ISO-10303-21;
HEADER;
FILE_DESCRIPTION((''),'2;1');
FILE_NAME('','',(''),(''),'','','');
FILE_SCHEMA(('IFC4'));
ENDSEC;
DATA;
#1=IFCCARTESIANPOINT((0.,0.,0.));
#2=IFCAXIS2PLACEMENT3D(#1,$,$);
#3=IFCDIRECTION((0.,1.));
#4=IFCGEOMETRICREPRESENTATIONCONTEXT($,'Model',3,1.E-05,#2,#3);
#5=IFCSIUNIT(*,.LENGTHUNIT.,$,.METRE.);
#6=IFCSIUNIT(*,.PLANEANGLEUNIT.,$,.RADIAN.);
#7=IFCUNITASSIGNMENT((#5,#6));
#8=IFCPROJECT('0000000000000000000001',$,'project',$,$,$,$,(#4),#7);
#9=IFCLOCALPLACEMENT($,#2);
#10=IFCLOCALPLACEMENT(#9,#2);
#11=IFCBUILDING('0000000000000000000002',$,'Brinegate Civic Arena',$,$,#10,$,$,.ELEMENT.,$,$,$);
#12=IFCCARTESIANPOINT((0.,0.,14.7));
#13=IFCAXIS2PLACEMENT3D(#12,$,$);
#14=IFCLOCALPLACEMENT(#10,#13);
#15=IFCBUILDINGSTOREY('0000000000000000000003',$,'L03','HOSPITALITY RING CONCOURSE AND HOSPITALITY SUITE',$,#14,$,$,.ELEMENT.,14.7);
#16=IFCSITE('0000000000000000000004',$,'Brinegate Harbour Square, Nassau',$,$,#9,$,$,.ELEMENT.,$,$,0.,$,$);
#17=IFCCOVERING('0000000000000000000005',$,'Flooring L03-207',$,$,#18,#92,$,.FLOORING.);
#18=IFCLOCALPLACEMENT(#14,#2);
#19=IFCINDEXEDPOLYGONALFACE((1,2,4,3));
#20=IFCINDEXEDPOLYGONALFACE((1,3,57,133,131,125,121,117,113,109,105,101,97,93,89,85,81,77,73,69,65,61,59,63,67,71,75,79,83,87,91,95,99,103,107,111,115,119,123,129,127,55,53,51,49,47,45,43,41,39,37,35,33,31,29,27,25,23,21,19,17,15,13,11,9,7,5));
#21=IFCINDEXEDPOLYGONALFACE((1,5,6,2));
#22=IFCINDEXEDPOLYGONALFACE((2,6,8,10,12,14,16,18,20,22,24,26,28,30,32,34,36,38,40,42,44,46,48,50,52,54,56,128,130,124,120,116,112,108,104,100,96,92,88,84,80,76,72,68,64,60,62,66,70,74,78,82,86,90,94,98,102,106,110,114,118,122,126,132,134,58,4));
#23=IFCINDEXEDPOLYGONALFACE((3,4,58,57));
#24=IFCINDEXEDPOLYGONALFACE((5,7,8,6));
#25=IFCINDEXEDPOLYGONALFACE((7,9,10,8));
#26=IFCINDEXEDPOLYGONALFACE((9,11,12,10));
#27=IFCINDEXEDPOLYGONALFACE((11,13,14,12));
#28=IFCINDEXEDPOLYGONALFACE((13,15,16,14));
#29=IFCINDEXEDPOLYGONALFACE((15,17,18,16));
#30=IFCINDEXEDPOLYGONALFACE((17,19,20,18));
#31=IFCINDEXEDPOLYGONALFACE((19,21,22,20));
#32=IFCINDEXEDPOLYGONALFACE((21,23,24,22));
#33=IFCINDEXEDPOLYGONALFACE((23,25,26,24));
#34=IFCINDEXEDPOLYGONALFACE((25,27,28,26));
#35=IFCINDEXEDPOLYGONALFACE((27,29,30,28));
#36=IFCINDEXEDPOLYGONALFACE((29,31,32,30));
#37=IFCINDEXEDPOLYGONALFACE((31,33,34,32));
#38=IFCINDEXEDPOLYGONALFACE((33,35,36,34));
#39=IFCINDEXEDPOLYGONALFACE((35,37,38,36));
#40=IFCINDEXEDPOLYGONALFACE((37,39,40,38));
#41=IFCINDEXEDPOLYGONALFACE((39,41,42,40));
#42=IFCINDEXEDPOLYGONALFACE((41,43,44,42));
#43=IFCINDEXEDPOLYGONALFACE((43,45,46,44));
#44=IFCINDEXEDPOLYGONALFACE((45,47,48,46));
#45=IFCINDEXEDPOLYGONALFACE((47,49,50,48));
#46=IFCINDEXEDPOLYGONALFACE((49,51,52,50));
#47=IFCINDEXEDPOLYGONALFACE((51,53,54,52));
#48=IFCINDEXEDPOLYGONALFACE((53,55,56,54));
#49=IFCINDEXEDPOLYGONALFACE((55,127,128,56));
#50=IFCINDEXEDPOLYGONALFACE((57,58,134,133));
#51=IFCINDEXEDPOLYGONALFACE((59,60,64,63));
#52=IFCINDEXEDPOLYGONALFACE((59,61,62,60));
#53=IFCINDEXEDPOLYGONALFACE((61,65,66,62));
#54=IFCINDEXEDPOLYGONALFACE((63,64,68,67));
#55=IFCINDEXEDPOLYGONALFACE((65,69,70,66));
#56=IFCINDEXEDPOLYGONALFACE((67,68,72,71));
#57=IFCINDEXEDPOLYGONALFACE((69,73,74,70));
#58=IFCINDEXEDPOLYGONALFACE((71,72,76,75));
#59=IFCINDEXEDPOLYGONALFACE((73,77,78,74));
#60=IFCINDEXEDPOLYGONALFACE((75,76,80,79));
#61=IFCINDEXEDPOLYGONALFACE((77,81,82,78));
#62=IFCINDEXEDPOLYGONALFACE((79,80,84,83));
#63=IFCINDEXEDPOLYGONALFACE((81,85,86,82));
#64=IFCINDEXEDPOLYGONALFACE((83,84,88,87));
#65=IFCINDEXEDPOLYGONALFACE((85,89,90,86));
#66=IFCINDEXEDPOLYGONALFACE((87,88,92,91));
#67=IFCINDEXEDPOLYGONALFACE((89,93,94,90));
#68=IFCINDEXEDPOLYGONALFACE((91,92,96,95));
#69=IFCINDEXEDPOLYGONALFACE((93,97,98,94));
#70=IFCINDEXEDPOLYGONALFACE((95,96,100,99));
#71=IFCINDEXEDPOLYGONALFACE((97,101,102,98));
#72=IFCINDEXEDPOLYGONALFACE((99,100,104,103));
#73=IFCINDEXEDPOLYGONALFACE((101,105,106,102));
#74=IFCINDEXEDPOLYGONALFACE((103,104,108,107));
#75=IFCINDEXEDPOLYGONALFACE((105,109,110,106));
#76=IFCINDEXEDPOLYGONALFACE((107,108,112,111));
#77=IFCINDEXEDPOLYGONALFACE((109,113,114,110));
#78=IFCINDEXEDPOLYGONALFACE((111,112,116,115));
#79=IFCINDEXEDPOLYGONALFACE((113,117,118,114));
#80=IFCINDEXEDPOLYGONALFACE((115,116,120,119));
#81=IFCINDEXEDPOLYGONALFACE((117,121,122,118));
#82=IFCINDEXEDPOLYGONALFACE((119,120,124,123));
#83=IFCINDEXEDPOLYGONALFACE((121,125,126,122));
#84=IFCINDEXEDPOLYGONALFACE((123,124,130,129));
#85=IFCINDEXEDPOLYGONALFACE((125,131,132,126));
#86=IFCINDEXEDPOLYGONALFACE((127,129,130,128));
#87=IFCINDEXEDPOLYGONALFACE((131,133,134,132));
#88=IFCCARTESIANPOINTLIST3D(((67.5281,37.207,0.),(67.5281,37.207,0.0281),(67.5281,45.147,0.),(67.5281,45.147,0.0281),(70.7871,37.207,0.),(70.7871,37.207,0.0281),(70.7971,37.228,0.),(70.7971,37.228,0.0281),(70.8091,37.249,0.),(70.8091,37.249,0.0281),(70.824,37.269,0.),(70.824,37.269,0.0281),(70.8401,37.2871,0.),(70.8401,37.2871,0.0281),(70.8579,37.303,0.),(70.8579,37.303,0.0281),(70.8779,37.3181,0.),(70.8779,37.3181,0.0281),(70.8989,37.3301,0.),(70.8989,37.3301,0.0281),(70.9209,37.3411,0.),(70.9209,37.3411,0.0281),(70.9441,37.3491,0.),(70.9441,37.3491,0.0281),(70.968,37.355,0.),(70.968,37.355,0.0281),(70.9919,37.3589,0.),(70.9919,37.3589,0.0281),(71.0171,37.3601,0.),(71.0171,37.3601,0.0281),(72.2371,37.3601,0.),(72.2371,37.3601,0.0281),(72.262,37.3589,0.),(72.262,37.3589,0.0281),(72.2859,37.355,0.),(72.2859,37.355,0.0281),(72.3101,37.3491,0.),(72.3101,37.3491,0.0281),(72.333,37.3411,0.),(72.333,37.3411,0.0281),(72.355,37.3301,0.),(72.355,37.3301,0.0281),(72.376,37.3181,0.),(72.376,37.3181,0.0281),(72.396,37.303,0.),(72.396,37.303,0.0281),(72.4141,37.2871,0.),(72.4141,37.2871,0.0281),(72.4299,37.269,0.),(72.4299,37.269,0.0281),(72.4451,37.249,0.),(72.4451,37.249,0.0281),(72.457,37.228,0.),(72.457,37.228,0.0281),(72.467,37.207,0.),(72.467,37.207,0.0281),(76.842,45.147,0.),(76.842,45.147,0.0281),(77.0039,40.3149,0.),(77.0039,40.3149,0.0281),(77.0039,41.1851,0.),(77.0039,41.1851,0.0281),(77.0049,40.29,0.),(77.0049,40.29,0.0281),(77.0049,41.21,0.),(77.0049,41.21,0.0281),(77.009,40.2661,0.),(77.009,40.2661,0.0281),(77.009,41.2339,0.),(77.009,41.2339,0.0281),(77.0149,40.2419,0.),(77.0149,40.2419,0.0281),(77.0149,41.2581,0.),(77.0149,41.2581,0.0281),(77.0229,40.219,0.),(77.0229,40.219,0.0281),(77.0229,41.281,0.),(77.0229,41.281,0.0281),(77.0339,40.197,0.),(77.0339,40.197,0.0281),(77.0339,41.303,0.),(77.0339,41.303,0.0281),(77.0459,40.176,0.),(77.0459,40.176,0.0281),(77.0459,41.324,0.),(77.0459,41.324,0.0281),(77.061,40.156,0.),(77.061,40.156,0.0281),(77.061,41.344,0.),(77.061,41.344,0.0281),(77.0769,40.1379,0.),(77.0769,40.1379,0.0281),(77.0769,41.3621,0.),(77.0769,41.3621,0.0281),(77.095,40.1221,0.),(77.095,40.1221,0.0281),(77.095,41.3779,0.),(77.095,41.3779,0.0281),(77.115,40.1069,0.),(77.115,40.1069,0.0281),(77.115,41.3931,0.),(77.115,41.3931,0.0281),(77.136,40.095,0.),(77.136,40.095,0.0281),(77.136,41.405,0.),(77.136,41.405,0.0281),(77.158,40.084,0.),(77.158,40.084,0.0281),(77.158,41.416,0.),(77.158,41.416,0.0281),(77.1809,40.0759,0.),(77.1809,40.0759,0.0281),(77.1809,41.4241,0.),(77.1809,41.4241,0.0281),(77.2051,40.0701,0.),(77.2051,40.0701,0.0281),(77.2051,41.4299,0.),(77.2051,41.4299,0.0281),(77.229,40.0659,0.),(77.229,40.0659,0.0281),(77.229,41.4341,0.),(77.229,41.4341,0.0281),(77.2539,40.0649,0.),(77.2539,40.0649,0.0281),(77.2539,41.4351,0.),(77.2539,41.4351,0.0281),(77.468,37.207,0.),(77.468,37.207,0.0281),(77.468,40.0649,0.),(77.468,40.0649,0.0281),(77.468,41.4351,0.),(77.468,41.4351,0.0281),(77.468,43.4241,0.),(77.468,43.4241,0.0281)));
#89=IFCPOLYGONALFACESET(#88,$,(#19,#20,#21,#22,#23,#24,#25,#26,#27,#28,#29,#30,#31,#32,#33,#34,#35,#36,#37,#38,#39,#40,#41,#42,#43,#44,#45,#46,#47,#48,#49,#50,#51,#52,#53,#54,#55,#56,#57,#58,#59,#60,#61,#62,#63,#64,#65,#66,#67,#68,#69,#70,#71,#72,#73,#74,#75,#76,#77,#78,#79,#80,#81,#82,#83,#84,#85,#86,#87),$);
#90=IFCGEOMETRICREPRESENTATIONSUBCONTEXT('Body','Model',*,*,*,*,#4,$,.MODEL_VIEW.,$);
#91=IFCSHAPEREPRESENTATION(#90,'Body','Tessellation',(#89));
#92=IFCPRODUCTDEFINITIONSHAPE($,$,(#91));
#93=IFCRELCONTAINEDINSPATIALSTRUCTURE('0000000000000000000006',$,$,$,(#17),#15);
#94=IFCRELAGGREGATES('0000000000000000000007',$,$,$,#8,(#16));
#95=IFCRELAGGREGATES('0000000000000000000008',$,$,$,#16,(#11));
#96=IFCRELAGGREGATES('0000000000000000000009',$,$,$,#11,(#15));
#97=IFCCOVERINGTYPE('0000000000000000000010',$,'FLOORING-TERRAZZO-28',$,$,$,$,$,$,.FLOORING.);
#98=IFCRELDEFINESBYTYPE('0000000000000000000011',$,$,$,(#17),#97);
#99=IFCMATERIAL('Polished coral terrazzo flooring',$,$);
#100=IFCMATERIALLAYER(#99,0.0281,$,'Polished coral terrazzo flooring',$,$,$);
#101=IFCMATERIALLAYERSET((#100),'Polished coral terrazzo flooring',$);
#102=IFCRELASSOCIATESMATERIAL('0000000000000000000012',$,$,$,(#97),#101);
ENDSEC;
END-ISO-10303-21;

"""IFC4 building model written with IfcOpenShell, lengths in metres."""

from ifc_helpers import new_model, si_unit, direction, frame, origin, place, context, subcontext, project, spatial, polyline, outline, extrude, material, layer, layer_set, type_object, element, save


model = new_model("IFC4")

# Units and contexts
model_context = context("Model", 3, precision=1e-05, world=origin(), true_north=direction((0.0, 1.0)))
body_context = subcontext(model_context, "Body", "Model", "MODEL_VIEW")
ifc_project = project(units=[si_unit("LENGTHUNIT", "METRE"), si_unit("PLANEANGLEUNIT", "RADIAN")], contexts=[model_context])

# Site, building, storey
site_placement = place(None, origin())
site = spatial("IfcSite", under=ifc_project, at=site_placement, Name="Brinegate Harbour Square, Nassau", CompositionType="ELEMENT", RefElevation=0.0)
building_placement = place(site_placement, origin())
building = spatial("IfcBuilding", under=site, at=building_placement, Name="Brinegate Civic Arena", CompositionType="ELEMENT")
storey_placement = place(building_placement, frame((0.0, 0.0, 14.7)))
storey = spatial("IfcBuildingStorey", under=building, at=storey_placement, Name="L03", Description="HOSPITALITY RING CONCOURSE AND HOSPITALITY SUITE", CompositionType="ELEMENT", Elevation=14.7)

# Covering
ifc_material_1 = material(Name="Polished coral terrazzo flooring")
ifc_layer_1 = layer(ifc_material_1, 0.0281, Name="Polished coral terrazzo flooring")
ifc_layer_set_1 = layer_set([ifc_layer_1], Name="Polished coral terrazzo flooring")
covering_type_1 = type_object("IfcCoveringType", Name="FLOORING-TERRAZZO-28", PredefinedType="FLOORING", material=ifc_layer_set_1)
covering_1_placement = place(storey_placement, origin())
element("IfcCovering", 1, at=covering_1_placement, inside=storey, type_object=covering_type_1, Name="Flooring L03-207", PredefinedType="FLOORING", context=body_context, shape_type="SweptSolid", body=[
    extrude(outline(polyline([(67.5281, 37.207), (67.5281, 45.147), (76.842, 45.147), (77.468, 43.4241), (77.468, 41.4351), (77.2539, 41.4351), (77.229, 41.4341), (77.2051, 41.4299), (77.1809, 41.4241), (77.158, 41.416), (77.136, 41.405), (77.115, 41.3931), (77.095, 41.3779), (77.0769, 41.3621), (77.061, 41.344), (77.0459, 41.324), (77.0339, 41.303), (77.0229, 41.281), (77.0149, 41.2581), (77.009, 41.2339), (77.0049, 41.21), (77.0039, 41.1851), (77.0039, 40.3149), (77.0049, 40.29), (77.009, 40.2661), (77.0149, 40.2419), (77.0229, 40.219), (77.0339, 40.197), (77.0459, 40.176), (77.061, 40.156), (77.0769, 40.1379), (77.095, 40.1221), (77.115, 40.1069), (77.136, 40.095), (77.158, 40.084), (77.1809, 40.0759), (77.2051, 40.0701), (77.229, 40.0659), (77.2539, 40.0649), (77.468, 40.0649), (77.468, 37.207), (72.467, 37.207), (72.457, 37.228), (72.4451, 37.249), (72.4299, 37.269), (72.4141, 37.2871), (72.396, 37.303), (72.376, 37.3181), (72.355, 37.3301), (72.333, 37.3411), (72.3101, 37.3491), (72.2859, 37.355), (72.262, 37.3589), (72.2371, 37.3601), (71.0171, 37.3601), (70.9919, 37.3589), (70.968, 37.355), (70.9441, 37.3491), (70.9209, 37.3411), (70.8989, 37.3301), (70.8779, 37.3181), (70.8579, 37.303), (70.8401, 37.2871), (70.824, 37.269), (70.8091, 37.249), (70.7971, 37.228), (70.7871, 37.207), (67.5281, 37.207)])), origin(), (0.0, 0.0, 1.0), 0.0281),
])

save(model, "model.ifc")
